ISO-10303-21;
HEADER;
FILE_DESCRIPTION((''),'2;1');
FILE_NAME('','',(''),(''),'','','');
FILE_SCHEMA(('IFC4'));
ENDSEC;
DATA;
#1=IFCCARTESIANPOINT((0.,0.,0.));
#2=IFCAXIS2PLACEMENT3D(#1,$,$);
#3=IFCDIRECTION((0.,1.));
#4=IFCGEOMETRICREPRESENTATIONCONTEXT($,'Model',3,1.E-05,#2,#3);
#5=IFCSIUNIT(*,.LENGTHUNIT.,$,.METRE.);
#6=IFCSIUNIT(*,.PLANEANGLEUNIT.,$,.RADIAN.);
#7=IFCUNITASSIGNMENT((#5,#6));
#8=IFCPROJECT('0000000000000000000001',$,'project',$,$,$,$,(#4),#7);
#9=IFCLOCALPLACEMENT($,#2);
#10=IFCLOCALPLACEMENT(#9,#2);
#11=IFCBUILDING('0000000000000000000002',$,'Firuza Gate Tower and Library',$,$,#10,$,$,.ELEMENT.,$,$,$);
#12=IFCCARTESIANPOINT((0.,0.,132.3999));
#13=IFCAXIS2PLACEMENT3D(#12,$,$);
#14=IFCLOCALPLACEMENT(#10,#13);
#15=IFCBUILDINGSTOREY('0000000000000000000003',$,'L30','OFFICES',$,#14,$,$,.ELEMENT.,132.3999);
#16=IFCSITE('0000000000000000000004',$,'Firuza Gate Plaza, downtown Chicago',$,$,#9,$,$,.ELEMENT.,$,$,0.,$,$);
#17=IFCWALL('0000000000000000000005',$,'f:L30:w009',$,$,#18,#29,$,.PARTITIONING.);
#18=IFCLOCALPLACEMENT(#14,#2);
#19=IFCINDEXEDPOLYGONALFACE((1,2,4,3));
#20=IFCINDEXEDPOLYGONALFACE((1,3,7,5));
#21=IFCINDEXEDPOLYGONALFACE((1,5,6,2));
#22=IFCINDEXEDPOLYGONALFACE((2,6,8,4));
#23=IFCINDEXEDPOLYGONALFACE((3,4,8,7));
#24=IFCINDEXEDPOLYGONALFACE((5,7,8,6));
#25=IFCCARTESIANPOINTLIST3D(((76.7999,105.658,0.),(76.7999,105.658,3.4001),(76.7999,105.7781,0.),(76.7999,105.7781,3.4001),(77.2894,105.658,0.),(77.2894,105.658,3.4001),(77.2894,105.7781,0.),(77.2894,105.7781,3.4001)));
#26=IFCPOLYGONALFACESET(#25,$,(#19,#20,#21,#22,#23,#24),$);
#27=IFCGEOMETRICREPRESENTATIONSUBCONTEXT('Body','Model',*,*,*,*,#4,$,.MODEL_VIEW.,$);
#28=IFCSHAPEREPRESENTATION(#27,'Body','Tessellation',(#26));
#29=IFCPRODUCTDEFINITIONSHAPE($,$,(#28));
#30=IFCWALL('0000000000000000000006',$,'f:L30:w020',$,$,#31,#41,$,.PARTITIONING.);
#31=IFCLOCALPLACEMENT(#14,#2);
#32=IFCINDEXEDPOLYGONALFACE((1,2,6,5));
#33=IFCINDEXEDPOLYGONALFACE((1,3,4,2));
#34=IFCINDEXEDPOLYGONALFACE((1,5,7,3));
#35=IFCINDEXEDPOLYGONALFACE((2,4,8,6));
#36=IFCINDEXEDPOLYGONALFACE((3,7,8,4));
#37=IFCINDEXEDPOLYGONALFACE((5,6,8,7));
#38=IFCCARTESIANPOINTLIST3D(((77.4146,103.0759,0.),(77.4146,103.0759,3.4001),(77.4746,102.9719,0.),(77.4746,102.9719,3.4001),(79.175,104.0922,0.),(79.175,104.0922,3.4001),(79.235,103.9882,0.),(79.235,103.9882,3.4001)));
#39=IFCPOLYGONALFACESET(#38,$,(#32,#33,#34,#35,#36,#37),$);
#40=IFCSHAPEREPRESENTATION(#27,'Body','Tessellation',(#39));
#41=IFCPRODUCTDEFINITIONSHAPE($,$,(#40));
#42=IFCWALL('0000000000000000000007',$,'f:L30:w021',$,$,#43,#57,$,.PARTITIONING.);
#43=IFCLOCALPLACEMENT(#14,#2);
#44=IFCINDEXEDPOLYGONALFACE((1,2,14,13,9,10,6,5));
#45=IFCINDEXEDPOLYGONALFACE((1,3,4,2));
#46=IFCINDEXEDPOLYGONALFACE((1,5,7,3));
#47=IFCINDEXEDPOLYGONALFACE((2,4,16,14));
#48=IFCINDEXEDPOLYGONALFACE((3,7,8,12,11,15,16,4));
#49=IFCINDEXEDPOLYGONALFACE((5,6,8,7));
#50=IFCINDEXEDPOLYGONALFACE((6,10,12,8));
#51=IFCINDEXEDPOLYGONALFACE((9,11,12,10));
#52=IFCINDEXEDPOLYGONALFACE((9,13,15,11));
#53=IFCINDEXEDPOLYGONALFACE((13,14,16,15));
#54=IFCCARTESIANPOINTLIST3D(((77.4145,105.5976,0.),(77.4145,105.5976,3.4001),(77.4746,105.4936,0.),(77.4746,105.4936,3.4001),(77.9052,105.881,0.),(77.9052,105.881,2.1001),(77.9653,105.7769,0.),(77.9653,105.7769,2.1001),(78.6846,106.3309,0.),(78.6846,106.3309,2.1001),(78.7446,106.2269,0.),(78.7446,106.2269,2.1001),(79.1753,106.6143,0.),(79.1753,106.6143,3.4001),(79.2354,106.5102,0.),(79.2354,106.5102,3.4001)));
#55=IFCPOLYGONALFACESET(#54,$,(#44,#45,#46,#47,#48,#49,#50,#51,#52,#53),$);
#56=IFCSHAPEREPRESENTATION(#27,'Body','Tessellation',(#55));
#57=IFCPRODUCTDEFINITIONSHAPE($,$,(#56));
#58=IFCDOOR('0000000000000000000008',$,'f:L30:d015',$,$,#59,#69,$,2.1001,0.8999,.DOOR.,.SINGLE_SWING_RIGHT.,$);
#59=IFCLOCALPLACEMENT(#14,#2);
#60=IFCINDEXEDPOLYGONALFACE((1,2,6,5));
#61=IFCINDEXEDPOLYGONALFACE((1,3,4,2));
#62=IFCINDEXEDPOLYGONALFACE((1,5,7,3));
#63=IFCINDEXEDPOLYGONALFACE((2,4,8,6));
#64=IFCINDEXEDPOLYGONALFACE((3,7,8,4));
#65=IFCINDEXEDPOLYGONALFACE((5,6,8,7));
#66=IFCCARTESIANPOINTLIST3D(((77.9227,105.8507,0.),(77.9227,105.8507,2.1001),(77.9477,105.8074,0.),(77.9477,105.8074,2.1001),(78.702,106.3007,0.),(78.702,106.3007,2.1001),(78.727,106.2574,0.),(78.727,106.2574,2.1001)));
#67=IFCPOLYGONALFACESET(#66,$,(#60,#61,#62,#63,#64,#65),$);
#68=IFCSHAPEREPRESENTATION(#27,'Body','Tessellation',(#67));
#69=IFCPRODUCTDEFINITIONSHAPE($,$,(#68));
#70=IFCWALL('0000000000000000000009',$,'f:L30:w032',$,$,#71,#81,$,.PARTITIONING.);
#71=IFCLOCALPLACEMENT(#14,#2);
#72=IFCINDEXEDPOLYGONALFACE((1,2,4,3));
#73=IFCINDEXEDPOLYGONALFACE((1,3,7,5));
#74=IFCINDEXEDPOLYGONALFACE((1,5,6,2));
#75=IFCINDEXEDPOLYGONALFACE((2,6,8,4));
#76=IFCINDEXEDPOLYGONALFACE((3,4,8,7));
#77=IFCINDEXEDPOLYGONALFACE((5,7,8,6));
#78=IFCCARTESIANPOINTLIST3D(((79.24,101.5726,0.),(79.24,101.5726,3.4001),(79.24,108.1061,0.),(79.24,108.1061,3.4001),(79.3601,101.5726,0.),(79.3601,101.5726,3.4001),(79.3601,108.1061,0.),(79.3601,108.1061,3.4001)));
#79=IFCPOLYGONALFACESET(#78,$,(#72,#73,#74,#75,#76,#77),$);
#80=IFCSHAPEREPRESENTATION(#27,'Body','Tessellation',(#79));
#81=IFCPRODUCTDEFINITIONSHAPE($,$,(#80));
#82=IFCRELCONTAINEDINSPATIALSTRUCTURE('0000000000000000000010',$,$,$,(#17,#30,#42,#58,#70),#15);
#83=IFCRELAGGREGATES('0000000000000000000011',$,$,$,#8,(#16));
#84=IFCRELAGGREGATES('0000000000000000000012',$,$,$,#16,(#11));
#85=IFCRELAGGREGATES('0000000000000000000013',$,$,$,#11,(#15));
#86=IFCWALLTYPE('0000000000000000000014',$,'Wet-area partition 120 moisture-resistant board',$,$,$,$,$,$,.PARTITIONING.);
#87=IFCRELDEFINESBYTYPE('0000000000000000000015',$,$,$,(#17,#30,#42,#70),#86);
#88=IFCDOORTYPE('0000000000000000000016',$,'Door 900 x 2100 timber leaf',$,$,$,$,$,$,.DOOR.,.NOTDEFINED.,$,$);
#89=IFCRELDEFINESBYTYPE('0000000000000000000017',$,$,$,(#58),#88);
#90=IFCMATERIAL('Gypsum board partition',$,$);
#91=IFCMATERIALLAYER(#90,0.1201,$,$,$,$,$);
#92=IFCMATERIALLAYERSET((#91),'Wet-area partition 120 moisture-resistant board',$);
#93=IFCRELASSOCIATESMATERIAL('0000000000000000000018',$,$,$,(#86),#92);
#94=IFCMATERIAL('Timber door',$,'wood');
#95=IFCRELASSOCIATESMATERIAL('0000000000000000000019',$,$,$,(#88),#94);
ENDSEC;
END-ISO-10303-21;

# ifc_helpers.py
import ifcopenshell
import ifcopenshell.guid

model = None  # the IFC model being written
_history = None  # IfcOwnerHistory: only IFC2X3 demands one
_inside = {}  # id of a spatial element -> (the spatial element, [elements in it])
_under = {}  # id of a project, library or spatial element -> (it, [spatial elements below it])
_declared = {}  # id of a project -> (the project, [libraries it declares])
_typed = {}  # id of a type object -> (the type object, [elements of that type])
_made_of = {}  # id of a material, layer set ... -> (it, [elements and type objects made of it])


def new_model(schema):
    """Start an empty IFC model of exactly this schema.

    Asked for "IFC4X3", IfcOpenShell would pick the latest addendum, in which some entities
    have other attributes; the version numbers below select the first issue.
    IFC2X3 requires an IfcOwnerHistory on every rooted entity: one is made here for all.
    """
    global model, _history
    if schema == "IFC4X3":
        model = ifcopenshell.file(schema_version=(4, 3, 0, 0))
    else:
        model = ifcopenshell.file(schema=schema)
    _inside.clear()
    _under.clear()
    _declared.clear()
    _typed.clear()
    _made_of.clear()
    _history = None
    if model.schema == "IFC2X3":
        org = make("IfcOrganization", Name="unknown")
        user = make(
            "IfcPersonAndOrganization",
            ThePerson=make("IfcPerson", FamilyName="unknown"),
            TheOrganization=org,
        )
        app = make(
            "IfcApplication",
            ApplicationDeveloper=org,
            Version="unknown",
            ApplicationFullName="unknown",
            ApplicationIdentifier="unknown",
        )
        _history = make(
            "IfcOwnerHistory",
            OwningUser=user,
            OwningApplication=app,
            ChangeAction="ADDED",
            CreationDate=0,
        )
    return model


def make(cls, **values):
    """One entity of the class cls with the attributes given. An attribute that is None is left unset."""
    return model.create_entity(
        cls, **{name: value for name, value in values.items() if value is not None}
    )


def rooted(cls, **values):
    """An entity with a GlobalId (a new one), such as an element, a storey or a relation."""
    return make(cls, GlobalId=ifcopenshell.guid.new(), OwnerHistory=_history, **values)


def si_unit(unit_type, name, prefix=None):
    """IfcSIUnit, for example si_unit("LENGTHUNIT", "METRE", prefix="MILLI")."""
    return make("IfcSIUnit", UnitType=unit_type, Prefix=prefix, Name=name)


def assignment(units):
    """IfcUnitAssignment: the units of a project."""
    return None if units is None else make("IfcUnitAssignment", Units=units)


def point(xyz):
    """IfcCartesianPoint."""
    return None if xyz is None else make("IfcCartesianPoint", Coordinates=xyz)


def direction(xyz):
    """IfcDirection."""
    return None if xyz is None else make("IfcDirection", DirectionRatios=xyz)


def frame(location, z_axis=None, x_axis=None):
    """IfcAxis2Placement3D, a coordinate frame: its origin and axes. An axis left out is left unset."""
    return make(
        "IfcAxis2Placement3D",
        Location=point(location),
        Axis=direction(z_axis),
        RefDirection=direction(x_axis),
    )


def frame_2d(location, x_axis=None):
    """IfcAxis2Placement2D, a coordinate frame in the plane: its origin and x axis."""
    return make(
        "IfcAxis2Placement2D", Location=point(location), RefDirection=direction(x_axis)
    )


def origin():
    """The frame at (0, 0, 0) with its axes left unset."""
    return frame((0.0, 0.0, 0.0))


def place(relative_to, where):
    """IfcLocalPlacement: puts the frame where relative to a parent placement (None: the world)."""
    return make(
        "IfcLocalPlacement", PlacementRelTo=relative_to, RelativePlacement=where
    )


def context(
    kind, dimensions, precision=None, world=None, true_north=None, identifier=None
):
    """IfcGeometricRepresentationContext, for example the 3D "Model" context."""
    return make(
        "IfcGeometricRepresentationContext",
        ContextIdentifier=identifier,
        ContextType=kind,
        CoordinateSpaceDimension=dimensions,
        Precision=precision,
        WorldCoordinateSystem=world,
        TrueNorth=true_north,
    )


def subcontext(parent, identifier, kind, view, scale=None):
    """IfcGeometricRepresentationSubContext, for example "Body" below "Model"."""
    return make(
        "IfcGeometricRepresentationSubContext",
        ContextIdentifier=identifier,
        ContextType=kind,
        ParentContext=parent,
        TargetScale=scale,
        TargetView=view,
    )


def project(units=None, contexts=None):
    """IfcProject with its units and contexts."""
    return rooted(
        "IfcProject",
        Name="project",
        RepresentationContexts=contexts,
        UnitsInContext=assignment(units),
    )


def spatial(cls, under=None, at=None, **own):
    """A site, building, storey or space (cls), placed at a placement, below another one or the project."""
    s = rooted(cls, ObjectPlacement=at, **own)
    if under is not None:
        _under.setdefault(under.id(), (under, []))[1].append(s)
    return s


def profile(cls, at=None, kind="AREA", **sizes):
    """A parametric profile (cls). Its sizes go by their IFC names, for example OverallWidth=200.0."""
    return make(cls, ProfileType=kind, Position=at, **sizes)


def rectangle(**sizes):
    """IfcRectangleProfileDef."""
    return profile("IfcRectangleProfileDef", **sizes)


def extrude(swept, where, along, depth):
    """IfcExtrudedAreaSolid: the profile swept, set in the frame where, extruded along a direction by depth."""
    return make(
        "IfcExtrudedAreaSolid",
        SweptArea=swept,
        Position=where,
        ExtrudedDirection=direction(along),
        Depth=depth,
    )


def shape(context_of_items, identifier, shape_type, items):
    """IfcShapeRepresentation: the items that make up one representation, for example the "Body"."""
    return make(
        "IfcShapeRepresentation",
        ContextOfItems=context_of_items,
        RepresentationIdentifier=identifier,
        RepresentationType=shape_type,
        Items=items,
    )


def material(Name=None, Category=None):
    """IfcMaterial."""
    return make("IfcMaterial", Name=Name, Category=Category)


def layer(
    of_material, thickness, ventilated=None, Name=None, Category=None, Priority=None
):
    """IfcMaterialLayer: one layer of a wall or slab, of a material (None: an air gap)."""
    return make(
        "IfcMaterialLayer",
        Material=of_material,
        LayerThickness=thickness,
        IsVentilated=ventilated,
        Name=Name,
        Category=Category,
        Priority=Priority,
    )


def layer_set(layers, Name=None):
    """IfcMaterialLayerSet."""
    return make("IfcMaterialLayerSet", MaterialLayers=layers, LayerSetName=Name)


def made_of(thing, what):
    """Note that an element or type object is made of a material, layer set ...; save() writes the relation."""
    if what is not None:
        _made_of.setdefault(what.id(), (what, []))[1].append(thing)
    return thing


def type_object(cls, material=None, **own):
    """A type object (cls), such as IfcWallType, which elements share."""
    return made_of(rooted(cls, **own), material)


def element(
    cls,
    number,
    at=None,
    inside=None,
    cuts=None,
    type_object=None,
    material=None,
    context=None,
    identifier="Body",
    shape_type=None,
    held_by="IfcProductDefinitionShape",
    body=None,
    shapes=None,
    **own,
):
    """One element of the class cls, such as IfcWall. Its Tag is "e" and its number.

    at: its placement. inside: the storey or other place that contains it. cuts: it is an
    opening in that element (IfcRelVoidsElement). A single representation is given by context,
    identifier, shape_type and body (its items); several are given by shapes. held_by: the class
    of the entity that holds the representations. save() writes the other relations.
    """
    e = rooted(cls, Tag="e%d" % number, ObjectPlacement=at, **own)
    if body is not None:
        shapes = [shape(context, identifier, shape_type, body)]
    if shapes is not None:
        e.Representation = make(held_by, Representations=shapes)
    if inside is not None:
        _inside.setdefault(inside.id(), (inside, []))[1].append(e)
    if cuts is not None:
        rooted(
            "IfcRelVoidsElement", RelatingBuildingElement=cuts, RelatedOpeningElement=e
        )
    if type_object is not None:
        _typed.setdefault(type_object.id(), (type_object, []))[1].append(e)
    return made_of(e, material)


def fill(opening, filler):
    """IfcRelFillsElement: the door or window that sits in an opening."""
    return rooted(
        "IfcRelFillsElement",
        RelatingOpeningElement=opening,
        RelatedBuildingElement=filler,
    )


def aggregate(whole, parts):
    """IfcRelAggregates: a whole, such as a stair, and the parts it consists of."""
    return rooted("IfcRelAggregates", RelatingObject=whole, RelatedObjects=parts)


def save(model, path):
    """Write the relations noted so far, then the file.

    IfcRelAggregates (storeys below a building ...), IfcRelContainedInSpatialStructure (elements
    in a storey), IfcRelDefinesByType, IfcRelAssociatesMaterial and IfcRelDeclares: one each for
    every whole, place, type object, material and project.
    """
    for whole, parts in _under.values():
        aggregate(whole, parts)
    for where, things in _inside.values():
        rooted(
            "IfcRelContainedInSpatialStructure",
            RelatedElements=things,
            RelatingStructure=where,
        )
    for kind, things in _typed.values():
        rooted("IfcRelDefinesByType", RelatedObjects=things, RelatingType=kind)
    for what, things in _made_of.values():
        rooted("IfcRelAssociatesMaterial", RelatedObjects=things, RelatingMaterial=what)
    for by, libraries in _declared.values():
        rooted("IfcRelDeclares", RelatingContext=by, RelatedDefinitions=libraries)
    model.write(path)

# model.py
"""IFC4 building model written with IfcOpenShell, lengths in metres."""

from ifc_helpers import new_model, si_unit, direction, frame, frame_2d, origin, place, context, subcontext, project, spatial, rectangle, extrude, material, layer, layer_set, type_object, element, fill, save


model = new_model("IFC4")

# Units and contexts
model_context = context("Model", 3, precision=1e-05, world=origin(), true_north=direction((0.0, 1.0)))
body_context = subcontext(model_context, "Body", "Model", "MODEL_VIEW")
ifc_project = project(units=[si_unit("LENGTHUNIT", "METRE"), si_unit("PLANEANGLEUNIT", "RADIAN")], contexts=[model_context])

# Site, building, storey
site_placement = place(None, origin())
site = spatial("IfcSite", under=ifc_project, at=site_placement, Name="Firuza Gate Plaza, downtown Chicago", CompositionType="ELEMENT", RefElevation=0.0)
building_placement = place(site_placement, origin())
building = spatial("IfcBuilding", under=site, at=building_placement, Name="Firuza Gate Tower and Library", CompositionType="ELEMENT")
storey_placement = place(building_placement, frame((0.0, 0.0, 132.3999)))
storey = spatial("IfcBuildingStorey", under=building, at=storey_placement, Name="L30", Description="OFFICES", CompositionType="ELEMENT", Elevation=132.3999)

# Walls
ifc_material_1 = material(Name="Gypsum board partition")
ifc_layer_1 = layer(ifc_material_1, 0.1201)
ifc_layer_set_1 = layer_set([ifc_layer_1], Name="Wet-area partition 120 moisture-resistant board")
wall_type_1 = type_object("IfcWallType", Name="Wet-area partition 120 moisture-resistant board", PredefinedType="PARTITIONING", material=ifc_layer_set_1)
wall_1_placement = place(storey_placement, frame((76.8, 105.718, 0.0), z_axis=(0.0, 0.0, 1.0), x_axis=(1.0, 0.0, 0.0)))
element("IfcWall", 1, at=wall_1_placement, inside=storey, type_object=wall_type_1, Name="f:L30:w009", PredefinedType="PARTITIONING", context=body_context, shape_type="SweptSolid", body=[
    extrude(rectangle(XDim=0.4895, YDim=0.1201, at=frame_2d((0.2446, 0.0))), origin(), (0.0, 0.0, 1.0), 3.4001),
])
wall_2_placement = place(storey_placement, frame((77.4446, 103.0239, 0.0), z_axis=(0.0, 0.0, 1.0), x_axis=(0.86604, 0.499975, 0.0)))
element("IfcWall", 2, at=wall_2_placement, inside=storey, type_object=wall_type_1, Name="f:L30:w020", PredefinedType="PARTITIONING", context=body_context, shape_type="SweptSolid", body=[
    extrude(rectangle(XDim=2.0327, YDim=0.1201, at=frame_2d((1.0164, 0.0))), origin(), (0.0, 0.0, 1.0), 3.4001),
])

# Wall, opening, door
wall_3_placement = place(storey_placement, frame((79.2053, 106.5623, 0.0), z_axis=(0.0, 0.0, 1.0), x_axis=(-0.866018, -0.500013, 0.0)))
wall_3 = element("IfcWall", 3, at=wall_3_placement, inside=storey, type_object=wall_type_1, Name="f:L30:w021", PredefinedType="PARTITIONING", context=body_context, shape_type="SweptSolid", body=[
    extrude(rectangle(XDim=2.0332, YDim=0.1201, at=frame_2d((1.0166, 0.0))), origin(), (0.0, 0.0, 1.0), 3.4001),
])
opening_1_placement = place(wall_3_placement, frame((0.5667, 0.0, 0.0)))
opening_1 = element("IfcOpeningElement", 4, at=opening_1_placement, cuts=wall_3, PredefinedType="OPENING", context=body_context, shape_type="SweptSolid", body=[
    extrude(rectangle(XDim=0.8999, YDim=2.1001, at=frame_2d((0.45, 1.05))), frame((0.0, 0.0701, 0.0), z_axis=(0.0, -1.0, 0.0), x_axis=(1.0, 0.0, 0.0)), (0.0, 0.0, 1.0), 0.1401),
])
ifc_material_2 = material(Name="Timber door", Category="wood")
door_type_1 = type_object("IfcDoorType", Name="Door 900 x 2100 timber leaf", OperationType="NOTDEFINED", PredefinedType="DOOR", material=ifc_material_2)
door_1_placement = place(opening_1_placement, origin())
door_1 = element("IfcDoor", 5, at=door_1_placement, inside=storey, type_object=door_type_1, Name="f:L30:d015", OperationType="SINGLE_SWING_RIGHT", OverallHeight=2.1001, OverallWidth=0.8999, PredefinedType="DOOR", context=body_context, shape_type="SweptSolid", body=[
    extrude(rectangle(XDim=0.8999, YDim=2.1001, at=frame_2d((0.45, 1.05))), frame((0.0, 0.0249, 0.0), z_axis=(0.0, -1.0, 0.0), x_axis=(1.0, 0.0, 0.0)), (0.0, 0.0, 1.0), 0.05),
])
fill(opening_1, door_1)

# Wall
wall_4_placement = place(storey_placement, frame((79.3, 101.5728, 0.0), z_axis=(0.0, 0.0, 1.0), x_axis=(0.0, 1.0, 0.0)))
element("IfcWall", 6, at=wall_4_placement, inside=storey, type_object=wall_type_1, Name="f:L30:w032", PredefinedType="PARTITIONING", context=body_context, shape_type="SweptSolid", body=[
    extrude(rectangle(XDim=6.5334, YDim=0.1201, at=frame_2d((3.2666, 0.0))), origin(), (0.0, 0.0, 1.0), 3.4001),
])

save(model, "model.ifc")
